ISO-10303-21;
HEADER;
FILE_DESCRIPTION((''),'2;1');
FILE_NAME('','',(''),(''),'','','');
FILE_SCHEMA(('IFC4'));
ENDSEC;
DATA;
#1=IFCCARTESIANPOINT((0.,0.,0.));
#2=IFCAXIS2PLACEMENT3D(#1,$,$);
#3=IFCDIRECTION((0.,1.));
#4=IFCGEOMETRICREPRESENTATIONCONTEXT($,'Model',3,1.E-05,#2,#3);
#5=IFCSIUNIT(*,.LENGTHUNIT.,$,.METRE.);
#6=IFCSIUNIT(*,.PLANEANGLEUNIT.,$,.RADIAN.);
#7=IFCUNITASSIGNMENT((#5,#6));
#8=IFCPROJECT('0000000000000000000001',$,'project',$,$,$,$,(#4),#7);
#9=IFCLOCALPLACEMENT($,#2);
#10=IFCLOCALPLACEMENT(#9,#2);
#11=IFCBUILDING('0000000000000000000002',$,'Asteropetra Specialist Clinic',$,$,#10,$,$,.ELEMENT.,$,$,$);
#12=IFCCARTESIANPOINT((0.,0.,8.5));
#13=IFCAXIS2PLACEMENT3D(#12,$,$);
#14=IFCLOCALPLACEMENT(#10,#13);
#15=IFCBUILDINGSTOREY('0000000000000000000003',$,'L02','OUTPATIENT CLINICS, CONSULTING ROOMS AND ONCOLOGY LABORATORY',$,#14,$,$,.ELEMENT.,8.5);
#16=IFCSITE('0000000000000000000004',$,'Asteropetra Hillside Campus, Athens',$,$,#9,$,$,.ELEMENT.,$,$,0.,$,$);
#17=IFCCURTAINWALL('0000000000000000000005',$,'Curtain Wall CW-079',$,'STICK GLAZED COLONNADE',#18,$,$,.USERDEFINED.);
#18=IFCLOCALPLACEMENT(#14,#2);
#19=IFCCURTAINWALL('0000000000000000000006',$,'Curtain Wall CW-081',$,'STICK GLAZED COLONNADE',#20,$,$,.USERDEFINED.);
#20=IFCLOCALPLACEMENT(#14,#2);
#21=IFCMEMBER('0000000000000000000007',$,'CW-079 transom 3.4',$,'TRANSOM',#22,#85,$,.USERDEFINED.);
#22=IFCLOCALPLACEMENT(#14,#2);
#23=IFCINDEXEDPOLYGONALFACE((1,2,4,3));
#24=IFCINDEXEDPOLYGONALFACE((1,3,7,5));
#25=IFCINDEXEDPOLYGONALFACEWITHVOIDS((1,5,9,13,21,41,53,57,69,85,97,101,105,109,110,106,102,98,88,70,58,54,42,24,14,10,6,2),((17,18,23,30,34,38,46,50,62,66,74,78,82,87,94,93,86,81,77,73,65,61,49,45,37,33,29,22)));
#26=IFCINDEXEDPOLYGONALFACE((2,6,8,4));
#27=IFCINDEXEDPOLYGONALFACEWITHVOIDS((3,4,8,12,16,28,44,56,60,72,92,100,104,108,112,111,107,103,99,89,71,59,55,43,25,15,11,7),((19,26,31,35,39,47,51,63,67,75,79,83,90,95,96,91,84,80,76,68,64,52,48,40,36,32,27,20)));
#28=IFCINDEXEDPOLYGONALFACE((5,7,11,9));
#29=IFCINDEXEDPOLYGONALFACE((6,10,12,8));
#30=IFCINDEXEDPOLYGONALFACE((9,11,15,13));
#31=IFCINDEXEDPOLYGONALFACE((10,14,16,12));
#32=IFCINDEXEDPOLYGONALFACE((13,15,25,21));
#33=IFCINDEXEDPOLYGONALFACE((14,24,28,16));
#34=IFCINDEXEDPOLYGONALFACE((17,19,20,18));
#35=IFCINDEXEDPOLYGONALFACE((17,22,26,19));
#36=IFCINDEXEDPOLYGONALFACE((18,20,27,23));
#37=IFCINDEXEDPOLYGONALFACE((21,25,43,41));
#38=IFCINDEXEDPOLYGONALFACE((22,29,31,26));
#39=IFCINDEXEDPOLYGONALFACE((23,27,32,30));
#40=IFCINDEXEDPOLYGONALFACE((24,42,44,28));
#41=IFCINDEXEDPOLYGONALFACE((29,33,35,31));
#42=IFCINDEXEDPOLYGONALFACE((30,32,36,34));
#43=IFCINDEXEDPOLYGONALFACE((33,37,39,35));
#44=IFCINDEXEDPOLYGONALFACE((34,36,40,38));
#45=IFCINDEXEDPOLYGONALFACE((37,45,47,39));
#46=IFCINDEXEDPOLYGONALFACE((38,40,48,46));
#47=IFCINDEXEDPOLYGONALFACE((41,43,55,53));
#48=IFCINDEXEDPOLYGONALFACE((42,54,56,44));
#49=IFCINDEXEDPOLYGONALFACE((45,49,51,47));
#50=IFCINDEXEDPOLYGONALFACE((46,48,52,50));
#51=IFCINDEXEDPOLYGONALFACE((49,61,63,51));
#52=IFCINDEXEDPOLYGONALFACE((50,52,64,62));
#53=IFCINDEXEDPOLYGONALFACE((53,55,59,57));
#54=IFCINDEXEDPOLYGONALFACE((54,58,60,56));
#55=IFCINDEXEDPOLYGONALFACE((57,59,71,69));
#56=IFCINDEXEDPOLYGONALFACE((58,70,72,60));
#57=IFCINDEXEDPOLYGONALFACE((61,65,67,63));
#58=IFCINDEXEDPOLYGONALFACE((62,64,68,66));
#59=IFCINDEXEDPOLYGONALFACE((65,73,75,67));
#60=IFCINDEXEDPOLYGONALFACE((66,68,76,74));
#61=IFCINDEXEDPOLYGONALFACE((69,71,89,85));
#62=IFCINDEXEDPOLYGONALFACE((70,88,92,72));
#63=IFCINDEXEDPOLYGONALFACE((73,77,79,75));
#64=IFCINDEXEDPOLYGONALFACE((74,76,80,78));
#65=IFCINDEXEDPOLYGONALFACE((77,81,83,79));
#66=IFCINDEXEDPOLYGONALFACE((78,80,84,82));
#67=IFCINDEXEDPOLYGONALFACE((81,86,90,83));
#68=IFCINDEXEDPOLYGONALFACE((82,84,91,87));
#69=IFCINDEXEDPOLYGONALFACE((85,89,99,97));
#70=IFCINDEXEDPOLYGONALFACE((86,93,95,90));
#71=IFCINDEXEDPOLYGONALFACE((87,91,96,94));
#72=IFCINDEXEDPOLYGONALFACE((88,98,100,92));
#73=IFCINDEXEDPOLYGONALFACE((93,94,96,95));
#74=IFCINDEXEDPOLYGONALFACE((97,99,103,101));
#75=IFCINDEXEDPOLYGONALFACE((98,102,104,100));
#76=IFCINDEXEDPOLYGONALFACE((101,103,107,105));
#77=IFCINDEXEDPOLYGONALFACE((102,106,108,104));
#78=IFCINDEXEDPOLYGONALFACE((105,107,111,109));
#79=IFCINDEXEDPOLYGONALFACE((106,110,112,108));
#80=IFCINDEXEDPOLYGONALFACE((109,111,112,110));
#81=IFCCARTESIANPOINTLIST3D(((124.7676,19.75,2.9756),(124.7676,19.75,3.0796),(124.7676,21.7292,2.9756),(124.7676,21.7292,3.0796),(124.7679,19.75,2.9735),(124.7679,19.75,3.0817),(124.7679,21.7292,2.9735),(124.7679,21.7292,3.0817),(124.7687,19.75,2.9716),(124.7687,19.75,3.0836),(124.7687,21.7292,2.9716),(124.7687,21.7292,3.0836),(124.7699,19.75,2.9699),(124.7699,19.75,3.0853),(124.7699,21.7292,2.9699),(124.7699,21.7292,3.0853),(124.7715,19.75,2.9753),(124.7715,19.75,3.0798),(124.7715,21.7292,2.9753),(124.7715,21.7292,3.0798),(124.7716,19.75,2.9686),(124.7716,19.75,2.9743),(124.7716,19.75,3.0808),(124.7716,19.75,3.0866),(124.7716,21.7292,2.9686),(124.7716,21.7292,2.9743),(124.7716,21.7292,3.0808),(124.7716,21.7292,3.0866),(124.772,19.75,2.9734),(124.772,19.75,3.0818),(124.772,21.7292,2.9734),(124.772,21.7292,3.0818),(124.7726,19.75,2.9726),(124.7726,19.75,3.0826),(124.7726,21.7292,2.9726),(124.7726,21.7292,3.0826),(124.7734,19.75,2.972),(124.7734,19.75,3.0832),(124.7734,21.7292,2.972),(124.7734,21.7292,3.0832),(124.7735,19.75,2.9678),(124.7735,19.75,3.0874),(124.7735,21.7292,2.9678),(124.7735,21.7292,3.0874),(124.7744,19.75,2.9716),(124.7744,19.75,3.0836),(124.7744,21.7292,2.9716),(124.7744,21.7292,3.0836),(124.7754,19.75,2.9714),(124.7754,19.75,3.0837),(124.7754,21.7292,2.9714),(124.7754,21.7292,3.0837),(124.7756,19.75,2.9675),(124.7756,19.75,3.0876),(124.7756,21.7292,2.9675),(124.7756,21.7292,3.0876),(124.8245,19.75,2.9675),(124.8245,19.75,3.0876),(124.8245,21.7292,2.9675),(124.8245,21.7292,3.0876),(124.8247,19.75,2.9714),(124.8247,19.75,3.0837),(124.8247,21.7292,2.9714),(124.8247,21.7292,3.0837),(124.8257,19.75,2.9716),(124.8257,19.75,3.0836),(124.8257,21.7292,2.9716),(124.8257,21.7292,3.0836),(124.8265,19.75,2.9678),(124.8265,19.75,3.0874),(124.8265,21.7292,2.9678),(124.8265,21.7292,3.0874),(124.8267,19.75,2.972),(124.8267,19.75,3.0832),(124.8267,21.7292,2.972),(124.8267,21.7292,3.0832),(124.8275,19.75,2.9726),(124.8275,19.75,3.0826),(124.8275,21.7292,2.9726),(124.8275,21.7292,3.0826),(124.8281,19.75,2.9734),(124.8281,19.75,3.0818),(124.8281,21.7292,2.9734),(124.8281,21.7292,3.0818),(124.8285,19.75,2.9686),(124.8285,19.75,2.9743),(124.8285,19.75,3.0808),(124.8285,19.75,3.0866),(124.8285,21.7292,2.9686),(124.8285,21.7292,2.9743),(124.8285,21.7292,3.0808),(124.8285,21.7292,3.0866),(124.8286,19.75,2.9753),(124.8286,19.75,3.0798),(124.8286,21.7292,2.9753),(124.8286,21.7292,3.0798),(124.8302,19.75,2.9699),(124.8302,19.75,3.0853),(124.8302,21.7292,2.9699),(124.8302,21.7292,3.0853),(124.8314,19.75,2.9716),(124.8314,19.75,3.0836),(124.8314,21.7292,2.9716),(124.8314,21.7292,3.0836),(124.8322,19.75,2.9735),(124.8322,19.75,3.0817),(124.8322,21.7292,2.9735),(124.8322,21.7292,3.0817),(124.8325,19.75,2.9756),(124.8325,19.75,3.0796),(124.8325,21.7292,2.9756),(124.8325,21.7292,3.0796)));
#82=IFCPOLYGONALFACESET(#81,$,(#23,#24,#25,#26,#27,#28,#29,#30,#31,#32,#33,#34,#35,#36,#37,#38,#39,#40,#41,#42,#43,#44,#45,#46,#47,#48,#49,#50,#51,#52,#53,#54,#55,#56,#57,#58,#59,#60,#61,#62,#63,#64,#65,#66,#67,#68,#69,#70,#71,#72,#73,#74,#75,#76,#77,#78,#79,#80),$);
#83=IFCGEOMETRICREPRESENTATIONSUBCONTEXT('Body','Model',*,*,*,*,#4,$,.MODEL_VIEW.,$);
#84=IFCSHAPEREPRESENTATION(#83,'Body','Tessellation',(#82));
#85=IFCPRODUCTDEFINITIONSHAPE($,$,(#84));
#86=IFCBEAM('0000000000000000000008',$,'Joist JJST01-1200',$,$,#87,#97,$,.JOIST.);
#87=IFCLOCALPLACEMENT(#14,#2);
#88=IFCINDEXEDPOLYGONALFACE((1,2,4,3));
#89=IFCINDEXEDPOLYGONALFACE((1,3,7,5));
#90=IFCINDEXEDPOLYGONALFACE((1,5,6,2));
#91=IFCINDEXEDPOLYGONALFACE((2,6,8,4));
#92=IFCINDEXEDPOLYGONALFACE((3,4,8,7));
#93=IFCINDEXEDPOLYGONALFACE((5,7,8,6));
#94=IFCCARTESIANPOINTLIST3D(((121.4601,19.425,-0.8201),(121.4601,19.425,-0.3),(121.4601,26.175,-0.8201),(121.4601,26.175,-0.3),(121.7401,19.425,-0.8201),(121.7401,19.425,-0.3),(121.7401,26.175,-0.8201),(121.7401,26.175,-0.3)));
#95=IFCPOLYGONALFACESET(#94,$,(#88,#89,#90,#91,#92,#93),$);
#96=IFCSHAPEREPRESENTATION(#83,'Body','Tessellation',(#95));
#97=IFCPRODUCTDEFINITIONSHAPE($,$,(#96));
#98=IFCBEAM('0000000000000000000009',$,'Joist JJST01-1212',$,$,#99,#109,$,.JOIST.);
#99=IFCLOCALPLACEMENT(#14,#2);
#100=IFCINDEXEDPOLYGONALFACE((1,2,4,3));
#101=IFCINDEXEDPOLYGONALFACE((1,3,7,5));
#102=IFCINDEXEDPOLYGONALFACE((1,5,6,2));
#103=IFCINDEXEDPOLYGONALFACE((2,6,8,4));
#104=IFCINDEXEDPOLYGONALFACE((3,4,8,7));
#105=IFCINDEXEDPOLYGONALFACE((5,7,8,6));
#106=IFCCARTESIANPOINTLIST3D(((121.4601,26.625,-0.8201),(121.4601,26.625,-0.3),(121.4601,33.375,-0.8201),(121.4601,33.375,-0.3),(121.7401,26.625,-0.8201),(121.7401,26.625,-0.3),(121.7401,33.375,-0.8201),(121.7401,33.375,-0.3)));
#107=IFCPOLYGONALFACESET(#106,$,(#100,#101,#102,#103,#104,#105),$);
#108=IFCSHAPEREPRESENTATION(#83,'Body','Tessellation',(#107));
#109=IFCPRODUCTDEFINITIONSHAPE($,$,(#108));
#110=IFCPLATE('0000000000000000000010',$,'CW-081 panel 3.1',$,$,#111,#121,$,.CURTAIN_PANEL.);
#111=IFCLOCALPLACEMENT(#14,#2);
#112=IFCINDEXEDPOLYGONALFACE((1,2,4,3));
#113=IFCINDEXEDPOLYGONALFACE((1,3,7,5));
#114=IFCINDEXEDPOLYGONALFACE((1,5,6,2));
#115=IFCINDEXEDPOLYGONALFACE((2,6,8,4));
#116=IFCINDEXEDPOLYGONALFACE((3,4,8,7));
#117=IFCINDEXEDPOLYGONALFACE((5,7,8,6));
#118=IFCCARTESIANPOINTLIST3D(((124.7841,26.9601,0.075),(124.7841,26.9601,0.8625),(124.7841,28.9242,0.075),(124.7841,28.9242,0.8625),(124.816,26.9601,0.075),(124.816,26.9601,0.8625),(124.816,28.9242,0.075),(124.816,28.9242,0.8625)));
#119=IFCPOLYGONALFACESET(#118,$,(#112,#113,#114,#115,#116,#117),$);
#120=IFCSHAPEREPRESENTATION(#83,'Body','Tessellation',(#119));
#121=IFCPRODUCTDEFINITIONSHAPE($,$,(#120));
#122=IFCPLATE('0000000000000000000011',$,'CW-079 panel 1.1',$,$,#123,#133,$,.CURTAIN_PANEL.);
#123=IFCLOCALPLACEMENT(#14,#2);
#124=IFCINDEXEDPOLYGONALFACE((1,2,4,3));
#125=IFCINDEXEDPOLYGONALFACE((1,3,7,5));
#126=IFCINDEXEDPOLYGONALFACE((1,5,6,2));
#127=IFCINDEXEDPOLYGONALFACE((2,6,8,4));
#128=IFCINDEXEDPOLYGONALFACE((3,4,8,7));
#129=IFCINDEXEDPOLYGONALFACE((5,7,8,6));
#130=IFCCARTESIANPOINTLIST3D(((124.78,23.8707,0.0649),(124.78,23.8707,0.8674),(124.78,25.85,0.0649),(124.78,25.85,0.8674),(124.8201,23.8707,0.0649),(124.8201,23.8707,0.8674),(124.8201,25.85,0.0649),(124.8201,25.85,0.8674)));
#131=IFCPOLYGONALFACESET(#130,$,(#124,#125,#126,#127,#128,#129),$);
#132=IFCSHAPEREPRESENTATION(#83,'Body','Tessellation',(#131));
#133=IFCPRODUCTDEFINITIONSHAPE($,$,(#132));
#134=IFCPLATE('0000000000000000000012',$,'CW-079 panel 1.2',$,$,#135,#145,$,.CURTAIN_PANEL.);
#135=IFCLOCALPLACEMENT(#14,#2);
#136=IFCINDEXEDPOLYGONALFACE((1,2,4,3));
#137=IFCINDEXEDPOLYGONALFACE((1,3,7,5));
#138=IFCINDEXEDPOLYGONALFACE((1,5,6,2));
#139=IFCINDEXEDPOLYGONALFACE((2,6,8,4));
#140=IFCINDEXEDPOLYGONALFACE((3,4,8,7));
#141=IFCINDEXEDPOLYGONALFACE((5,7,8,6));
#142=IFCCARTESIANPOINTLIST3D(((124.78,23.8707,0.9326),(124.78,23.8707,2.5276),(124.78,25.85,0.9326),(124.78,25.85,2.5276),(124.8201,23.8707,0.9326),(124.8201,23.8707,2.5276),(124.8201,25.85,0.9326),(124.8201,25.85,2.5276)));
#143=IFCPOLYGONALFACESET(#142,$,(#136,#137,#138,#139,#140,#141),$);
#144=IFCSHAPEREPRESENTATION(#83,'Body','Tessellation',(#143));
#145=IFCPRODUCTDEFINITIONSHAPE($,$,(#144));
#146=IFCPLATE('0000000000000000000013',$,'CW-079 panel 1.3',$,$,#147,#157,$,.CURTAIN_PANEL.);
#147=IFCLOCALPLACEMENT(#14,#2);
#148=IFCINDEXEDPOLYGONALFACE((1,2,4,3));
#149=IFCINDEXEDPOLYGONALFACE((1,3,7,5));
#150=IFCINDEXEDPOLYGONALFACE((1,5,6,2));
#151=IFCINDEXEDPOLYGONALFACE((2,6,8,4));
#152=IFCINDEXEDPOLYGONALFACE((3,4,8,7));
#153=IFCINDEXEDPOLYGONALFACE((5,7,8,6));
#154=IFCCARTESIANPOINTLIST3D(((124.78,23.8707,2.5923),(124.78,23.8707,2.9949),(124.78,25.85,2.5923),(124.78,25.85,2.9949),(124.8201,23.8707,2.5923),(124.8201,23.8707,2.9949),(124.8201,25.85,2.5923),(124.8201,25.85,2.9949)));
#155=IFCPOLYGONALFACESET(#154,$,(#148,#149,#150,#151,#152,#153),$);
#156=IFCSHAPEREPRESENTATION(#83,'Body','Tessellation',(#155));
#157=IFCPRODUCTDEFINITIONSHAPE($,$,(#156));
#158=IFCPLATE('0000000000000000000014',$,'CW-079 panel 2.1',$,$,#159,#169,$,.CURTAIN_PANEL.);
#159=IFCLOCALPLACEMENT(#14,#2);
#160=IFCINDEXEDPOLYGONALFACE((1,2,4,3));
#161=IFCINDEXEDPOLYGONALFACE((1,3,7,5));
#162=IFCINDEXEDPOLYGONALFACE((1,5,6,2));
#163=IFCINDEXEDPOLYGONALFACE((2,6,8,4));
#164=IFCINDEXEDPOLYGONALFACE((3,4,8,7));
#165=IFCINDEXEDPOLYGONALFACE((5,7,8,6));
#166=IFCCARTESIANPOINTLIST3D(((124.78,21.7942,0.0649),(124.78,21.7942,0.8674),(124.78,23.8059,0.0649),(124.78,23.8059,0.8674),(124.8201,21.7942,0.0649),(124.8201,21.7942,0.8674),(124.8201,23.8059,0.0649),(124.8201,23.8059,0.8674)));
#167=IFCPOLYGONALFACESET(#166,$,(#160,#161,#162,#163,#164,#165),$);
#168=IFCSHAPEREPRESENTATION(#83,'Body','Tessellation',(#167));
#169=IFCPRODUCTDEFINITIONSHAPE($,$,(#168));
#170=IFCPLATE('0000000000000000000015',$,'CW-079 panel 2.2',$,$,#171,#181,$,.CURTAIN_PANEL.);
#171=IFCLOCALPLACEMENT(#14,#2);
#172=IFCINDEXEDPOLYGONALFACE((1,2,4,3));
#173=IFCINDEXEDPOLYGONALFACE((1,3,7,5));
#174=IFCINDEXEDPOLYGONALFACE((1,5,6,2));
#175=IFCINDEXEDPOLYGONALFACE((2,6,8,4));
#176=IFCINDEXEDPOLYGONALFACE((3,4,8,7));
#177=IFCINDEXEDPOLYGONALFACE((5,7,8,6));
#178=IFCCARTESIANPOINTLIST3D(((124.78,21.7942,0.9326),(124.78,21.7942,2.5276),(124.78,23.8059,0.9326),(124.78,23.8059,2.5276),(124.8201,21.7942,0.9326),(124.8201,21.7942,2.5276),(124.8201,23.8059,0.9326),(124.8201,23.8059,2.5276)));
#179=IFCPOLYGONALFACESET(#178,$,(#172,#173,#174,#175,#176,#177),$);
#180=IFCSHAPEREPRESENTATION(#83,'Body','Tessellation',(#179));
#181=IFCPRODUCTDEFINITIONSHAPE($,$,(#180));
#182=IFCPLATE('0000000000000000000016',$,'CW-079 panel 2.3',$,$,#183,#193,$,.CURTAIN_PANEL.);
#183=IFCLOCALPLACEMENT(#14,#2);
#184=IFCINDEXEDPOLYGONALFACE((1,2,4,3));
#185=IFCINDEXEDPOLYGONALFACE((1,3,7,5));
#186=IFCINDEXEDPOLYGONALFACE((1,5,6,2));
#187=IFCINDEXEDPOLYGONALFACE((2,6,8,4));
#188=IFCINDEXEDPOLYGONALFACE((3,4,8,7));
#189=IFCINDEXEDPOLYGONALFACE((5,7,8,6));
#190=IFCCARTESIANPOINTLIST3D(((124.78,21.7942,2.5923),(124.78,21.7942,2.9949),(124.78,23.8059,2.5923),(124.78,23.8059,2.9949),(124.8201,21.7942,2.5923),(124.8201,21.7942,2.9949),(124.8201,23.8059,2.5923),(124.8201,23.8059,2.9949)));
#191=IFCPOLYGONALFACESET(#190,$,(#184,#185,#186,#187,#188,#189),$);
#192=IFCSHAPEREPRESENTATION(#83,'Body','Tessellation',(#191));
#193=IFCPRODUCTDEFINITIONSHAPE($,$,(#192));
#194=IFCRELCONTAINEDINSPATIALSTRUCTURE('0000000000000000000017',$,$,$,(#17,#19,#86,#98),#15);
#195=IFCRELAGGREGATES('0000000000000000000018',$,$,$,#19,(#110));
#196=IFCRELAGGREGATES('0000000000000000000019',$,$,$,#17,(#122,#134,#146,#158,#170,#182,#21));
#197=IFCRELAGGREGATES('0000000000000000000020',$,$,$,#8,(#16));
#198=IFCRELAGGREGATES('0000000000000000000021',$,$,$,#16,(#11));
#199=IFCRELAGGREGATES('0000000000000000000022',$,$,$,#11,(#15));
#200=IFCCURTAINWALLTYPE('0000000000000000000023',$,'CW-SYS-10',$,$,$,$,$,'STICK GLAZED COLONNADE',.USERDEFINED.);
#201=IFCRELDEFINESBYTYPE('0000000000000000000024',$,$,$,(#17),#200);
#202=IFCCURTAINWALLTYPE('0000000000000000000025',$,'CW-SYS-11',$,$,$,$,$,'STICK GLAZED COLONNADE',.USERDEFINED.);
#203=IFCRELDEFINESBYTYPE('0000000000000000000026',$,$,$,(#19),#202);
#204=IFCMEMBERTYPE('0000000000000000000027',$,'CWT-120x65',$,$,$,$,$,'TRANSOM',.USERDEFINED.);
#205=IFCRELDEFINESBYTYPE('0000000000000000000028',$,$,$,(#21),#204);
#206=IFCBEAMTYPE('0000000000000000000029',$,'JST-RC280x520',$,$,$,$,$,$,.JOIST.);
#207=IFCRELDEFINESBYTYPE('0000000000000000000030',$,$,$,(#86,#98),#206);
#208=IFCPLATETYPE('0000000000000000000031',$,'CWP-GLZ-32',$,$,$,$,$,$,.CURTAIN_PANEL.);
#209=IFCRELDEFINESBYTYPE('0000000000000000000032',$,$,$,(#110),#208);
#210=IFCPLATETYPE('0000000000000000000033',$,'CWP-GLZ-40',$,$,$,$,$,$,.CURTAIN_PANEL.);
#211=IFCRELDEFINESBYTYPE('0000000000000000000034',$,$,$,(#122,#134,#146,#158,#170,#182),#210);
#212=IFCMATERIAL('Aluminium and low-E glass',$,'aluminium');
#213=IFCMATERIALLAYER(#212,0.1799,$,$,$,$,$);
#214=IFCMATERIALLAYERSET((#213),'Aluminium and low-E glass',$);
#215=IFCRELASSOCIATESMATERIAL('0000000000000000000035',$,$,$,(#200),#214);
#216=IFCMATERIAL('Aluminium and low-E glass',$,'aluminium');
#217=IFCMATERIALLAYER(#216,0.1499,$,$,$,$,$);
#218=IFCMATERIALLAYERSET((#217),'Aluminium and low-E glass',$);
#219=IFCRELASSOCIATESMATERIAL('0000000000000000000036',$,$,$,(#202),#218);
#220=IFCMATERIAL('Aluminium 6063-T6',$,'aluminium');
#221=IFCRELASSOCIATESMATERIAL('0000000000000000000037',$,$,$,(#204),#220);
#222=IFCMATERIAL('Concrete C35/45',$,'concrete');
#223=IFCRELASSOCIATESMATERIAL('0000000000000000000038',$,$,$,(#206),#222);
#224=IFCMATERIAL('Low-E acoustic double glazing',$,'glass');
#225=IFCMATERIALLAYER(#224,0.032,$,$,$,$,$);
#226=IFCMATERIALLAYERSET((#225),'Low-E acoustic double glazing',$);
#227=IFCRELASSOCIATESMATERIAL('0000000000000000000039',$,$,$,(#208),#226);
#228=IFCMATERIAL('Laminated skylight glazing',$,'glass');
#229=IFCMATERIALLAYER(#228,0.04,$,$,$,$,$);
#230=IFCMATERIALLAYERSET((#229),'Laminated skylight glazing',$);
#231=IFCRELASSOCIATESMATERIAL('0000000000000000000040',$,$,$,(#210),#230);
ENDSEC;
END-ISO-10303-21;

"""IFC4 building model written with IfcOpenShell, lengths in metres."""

from ifc_helpers import new_model, si_unit, direction, frame, origin, origin_2d, place, context, subcontext, project, spatial, rectangle, hollow_rectangle, extrude, material, layer, layer_set, material_profile, profile_set, type_object, element, aggregate, save


model = new_model("IFC4")

# Units and contexts
model_context = context("Model", 3, precision=1e-05, world=origin(), true_north=direction((0.0, 1.0)))
body_context = subcontext(model_context, "Body", "Model", "MODEL_VIEW")
ifc_project = project(units=[si_unit("LENGTHUNIT", "METRE"), si_unit("PLANEANGLEUNIT", "RADIAN")], contexts=[model_context])

# Site, building, storey
site_placement = place(None, origin())
site = spatial("IfcSite", under=ifc_project, at=site_placement, Name="Asteropetra Hillside Campus, Athens", CompositionType="ELEMENT", RefElevation=0.0)
building_placement = place(site_placement, origin())
building = spatial("IfcBuilding", under=site, at=building_placement, Name="Asteropetra Specialist Clinic", CompositionType="ELEMENT")
storey_placement = place(building_placement, frame((0.0, 0.0, 8.5)))
storey = spatial("IfcBuildingStorey", under=building, at=storey_placement, Name="L02", Description="OUTPATIENT CLINICS, CONSULTING ROOMS AND ONCOLOGY LABORATORY", CompositionType="ELEMENT", Elevation=8.5)

# Curtain wall
ifc_material_1 = material(Name="Aluminium and low-E glass", Category="aluminium")
ifc_layer_1 = layer(ifc_material_1, 0.1799)
ifc_layer_set_1 = layer_set([ifc_layer_1], Name="Aluminium and low-E glass")
curtain_wall_type_1 = type_object("IfcCurtainWallType", Name="CW-SYS-10", ElementType="STICK GLAZED COLONNADE", PredefinedType="USERDEFINED", material=ifc_layer_set_1)
curtain_wall_1_placement = place(storey_placement, origin())
curtain_wall_1 = element("IfcCurtainWall", 1, at=curtain_wall_1_placement, inside=storey, type_object=curtain_wall_type_1, Name="Curtain Wall CW-079", ObjectType="STICK GLAZED COLONNADE", PredefinedType="USERDEFINED")

# Curtain wall
ifc_material_2 = material(Name="Aluminium and low-E glass", Category="aluminium")
ifc_layer_2 = layer(ifc_material_2, 0.1499)
ifc_layer_set_2 = layer_set([ifc_layer_2], Name="Aluminium and low-E glass")
curtain_wall_type_2 = type_object("IfcCurtainWallType", Name="CW-SYS-11", ElementType="STICK GLAZED COLONNADE", PredefinedType="USERDEFINED", material=ifc_layer_set_2)
curtain_wall_2_placement = place(storey_placement, origin())
curtain_wall_2 = element("IfcCurtainWall", 2, at=curtain_wall_2_placement, inside=storey, type_object=curtain_wall_type_2, Name="Curtain Wall CW-081", ObjectType="STICK GLAZED COLONNADE", PredefinedType="USERDEFINED")

# Member
ifc_material_3 = material(Name="Aluminium 6063-T6", Category="aluminium")
ifc_material_profile_1 = material_profile(ifc_material_3, hollow_rectangle(XDim=0.0649, YDim=0.1201, WallThickness=0.0039, InnerFilletRadius=0.0039, OuterFilletRadius=0.0081, at=origin_2d()), Name="TRN 120x65x4.0")
ifc_profile_set_1 = profile_set([ifc_material_profile_1], Name="Aluminium 6063-T6")
member_type_1 = type_object("IfcMemberType", Name="CWT-120x65", ElementType="TRANSOM", PredefinedType="USERDEFINED", material=ifc_profile_set_1)
member_1_placement = place(storey_placement, frame((124.8, 21.7292, 3.0276), z_axis=(0.0, -1.0, 0.0), x_axis=(1.0, 0.0, 0.0)))
member_1 = element("IfcMember", 3, at=member_1_placement, type_object=member_type_1, Name="CW-079 transom 3.4", ObjectType="TRANSOM", PredefinedType="USERDEFINED", context=body_context, shape_type="SweptSolid", body=[
    extrude(hollow_rectangle(XDim=0.0649, YDim=0.1201, WallThickness=0.0039, InnerFilletRadius=0.0039, OuterFilletRadius=0.0081, at=origin_2d()), origin(), (0.0, 0.0, 1.0), 1.9792),
])

# Beams
ifc_material_4 = material(Name="Concrete C35/45", Category="concrete")
ifc_material_profile_2 = material_profile(ifc_material_4, rectangle(XDim=0.28, YDim=0.52, at=origin_2d()), Name="RCJ 280x520")
ifc_profile_set_2 = profile_set([ifc_material_profile_2], Name="Concrete C35/45")
beam_type = type_object("IfcBeamType", Name="JST-RC280x520", PredefinedType="JOIST", material=ifc_profile_set_2)
for number, where, z_axis, x_axis, name in (
    (4, (121.6001, 19.425, -0.5601), (0.0, 1.0, 0.0), (-1.0, 0.0, 0.0), "Joist JJST01-1200"),
    (5, (121.6001, 26.625, -0.5601), (0.0, 1.0, 0.0), (-1.0, 0.0, 0.0), "Joist JJST01-1212"),
):
    element("IfcBeam", number, at=place(storey_placement, frame(where, z_axis=z_axis, x_axis=x_axis)), inside=storey, type_object=beam_type, Name=name, PredefinedType="JOIST", context=body_context, shape_type="SweptSolid", body=[
        extrude(rectangle(XDim=0.28, YDim=0.52, at=origin_2d()), origin(), (0.0, 0.0, 1.0), 6.75),
    ])

# Plates
ifc_material_5 = material(Name="Low-E acoustic double glazing", Category="glass")
ifc_layer_3 = layer(ifc_material_5, 0.032)
ifc_layer_set_3 = layer_set([ifc_layer_3], Name="Low-E acoustic double glazing")
plate_type_1 = type_object("IfcPlateType", Name="CWP-GLZ-32", PredefinedType="CURTAIN_PANEL", material=ifc_layer_set_3)
plate_1_placement = place(storey_placement, frame((124.8, 27.9421, 0.075), z_axis=(0.0, 0.0, 1.0), x_axis=(0.0, -1.0, 0.0)))
plate_1 = element("IfcPlate", 6, at=plate_1_placement, type_object=plate_type_1, Name="CW-081 panel 3.1", PredefinedType="CURTAIN_PANEL", context=body_context, shape_type="SweptSolid", body=[
    extrude(rectangle(XDim=1.9641, YDim=0.032, at=origin_2d()), origin(), (0.0, 0.0, 1.0), 0.7876),
])
aggregate(curtain_wall_2, [plate_1])
ifc_material_6 = material(Name="Laminated skylight glazing", Category="glass")
ifc_layer_4 = layer(ifc_material_6, 0.04)
ifc_layer_set_4 = layer_set([ifc_layer_4], Name="Laminated skylight glazing")
plate_type_2 = type_object("IfcPlateType", Name="CWP-GLZ-40", PredefinedType="CURTAIN_PANEL", material=ifc_layer_set_4)
plate_2_placement = place(storey_placement, frame((124.8, 24.8604, 0.0649), z_axis=(0.0, 0.0, 1.0), x_axis=(0.0, -1.0, 0.0)))
plate_2 = element("IfcPlate", 7, at=plate_2_placement, type_object=plate_type_2, Name="CW-079 panel 1.1", PredefinedType="CURTAIN_PANEL", context=body_context, shape_type="SweptSolid", body=[
    extrude(rectangle(XDim=1.9792, YDim=0.04, at=origin_2d()), origin(), (0.0, 0.0, 1.0), 0.8025),
])
plate_3_placement = place(storey_placement, frame((124.8, 24.8604, 0.9326), z_axis=(0.0, 0.0, 1.0), x_axis=(0.0, -1.0, 0.0)))
plate_3 = element("IfcPlate", 8, at=plate_3_placement, type_object=plate_type_2, Name="CW-079 panel 1.2", PredefinedType="CURTAIN_PANEL", context=body_context, shape_type="SweptSolid", body=[
    extrude(rectangle(XDim=1.9792, YDim=0.04, at=origin_2d()), origin(), (0.0, 0.0, 1.0), 1.595),
])
plate_4_placement = place(storey_placement, frame((124.8, 24.8604, 2.5923), z_axis=(0.0, 0.0, 1.0), x_axis=(0.0, -1.0, 0.0)))
plate_4 = element("IfcPlate", 9, at=plate_4_placement, type_object=plate_type_2, Name="CW-079 panel 1.3", PredefinedType="CURTAIN_PANEL", context=body_context, shape_type="SweptSolid", body=[
    extrude(rectangle(XDim=1.9792, YDim=0.04, at=origin_2d()), origin(), (0.0, 0.0, 1.0), 0.4026),
])
plate_5_placement = place(storey_placement, frame((124.8, 22.8, 0.0649), z_axis=(0.0, 0.0, 1.0), x_axis=(0.0, -1.0, 0.0)))
plate_5 = element("IfcPlate", 10, at=plate_5_placement, type_object=plate_type_2, Name="CW-079 panel 2.1", PredefinedType="CURTAIN_PANEL", context=body_context, shape_type="SweptSolid", body=[
    extrude(rectangle(XDim=2.0117, YDim=0.04, at=origin_2d()), origin(), (0.0, 0.0, 1.0), 0.8025),
])
plate_6_placement = place(storey_placement, frame((124.8, 22.8, 0.9326), z_axis=(0.0, 0.0, 1.0), x_axis=(0.0, -1.0, 0.0)))
plate_6 = element("IfcPlate", 11, at=plate_6_placement, type_object=plate_type_2, Name="CW-079 panel 2.2", PredefinedType="CURTAIN_PANEL", context=body_context, shape_type="SweptSolid", body=[
    extrude(rectangle(XDim=2.0117, YDim=0.04, at=origin_2d()), origin(), (0.0, 0.0, 1.0), 1.595),
])
plate_7_placement = place(storey_placement, frame((124.8, 22.8, 2.5923), z_axis=(0.0, 0.0, 1.0), x_axis=(0.0, -1.0, 0.0)))
plate_7 = element("IfcPlate", 12, at=plate_7_placement, type_object=plate_type_2, Name="CW-079 panel 2.3", PredefinedType="CURTAIN_PANEL", context=body_context, shape_type="SweptSolid", body=[
    extrude(rectangle(XDim=2.0117, YDim=0.04, at=origin_2d()), origin(), (0.0, 0.0, 1.0), 0.4026),
])
aggregate(curtain_wall_1, [plate_2, plate_3, plate_4, plate_5, plate_6, plate_7, member_1])

save(model, "model.ifc")
